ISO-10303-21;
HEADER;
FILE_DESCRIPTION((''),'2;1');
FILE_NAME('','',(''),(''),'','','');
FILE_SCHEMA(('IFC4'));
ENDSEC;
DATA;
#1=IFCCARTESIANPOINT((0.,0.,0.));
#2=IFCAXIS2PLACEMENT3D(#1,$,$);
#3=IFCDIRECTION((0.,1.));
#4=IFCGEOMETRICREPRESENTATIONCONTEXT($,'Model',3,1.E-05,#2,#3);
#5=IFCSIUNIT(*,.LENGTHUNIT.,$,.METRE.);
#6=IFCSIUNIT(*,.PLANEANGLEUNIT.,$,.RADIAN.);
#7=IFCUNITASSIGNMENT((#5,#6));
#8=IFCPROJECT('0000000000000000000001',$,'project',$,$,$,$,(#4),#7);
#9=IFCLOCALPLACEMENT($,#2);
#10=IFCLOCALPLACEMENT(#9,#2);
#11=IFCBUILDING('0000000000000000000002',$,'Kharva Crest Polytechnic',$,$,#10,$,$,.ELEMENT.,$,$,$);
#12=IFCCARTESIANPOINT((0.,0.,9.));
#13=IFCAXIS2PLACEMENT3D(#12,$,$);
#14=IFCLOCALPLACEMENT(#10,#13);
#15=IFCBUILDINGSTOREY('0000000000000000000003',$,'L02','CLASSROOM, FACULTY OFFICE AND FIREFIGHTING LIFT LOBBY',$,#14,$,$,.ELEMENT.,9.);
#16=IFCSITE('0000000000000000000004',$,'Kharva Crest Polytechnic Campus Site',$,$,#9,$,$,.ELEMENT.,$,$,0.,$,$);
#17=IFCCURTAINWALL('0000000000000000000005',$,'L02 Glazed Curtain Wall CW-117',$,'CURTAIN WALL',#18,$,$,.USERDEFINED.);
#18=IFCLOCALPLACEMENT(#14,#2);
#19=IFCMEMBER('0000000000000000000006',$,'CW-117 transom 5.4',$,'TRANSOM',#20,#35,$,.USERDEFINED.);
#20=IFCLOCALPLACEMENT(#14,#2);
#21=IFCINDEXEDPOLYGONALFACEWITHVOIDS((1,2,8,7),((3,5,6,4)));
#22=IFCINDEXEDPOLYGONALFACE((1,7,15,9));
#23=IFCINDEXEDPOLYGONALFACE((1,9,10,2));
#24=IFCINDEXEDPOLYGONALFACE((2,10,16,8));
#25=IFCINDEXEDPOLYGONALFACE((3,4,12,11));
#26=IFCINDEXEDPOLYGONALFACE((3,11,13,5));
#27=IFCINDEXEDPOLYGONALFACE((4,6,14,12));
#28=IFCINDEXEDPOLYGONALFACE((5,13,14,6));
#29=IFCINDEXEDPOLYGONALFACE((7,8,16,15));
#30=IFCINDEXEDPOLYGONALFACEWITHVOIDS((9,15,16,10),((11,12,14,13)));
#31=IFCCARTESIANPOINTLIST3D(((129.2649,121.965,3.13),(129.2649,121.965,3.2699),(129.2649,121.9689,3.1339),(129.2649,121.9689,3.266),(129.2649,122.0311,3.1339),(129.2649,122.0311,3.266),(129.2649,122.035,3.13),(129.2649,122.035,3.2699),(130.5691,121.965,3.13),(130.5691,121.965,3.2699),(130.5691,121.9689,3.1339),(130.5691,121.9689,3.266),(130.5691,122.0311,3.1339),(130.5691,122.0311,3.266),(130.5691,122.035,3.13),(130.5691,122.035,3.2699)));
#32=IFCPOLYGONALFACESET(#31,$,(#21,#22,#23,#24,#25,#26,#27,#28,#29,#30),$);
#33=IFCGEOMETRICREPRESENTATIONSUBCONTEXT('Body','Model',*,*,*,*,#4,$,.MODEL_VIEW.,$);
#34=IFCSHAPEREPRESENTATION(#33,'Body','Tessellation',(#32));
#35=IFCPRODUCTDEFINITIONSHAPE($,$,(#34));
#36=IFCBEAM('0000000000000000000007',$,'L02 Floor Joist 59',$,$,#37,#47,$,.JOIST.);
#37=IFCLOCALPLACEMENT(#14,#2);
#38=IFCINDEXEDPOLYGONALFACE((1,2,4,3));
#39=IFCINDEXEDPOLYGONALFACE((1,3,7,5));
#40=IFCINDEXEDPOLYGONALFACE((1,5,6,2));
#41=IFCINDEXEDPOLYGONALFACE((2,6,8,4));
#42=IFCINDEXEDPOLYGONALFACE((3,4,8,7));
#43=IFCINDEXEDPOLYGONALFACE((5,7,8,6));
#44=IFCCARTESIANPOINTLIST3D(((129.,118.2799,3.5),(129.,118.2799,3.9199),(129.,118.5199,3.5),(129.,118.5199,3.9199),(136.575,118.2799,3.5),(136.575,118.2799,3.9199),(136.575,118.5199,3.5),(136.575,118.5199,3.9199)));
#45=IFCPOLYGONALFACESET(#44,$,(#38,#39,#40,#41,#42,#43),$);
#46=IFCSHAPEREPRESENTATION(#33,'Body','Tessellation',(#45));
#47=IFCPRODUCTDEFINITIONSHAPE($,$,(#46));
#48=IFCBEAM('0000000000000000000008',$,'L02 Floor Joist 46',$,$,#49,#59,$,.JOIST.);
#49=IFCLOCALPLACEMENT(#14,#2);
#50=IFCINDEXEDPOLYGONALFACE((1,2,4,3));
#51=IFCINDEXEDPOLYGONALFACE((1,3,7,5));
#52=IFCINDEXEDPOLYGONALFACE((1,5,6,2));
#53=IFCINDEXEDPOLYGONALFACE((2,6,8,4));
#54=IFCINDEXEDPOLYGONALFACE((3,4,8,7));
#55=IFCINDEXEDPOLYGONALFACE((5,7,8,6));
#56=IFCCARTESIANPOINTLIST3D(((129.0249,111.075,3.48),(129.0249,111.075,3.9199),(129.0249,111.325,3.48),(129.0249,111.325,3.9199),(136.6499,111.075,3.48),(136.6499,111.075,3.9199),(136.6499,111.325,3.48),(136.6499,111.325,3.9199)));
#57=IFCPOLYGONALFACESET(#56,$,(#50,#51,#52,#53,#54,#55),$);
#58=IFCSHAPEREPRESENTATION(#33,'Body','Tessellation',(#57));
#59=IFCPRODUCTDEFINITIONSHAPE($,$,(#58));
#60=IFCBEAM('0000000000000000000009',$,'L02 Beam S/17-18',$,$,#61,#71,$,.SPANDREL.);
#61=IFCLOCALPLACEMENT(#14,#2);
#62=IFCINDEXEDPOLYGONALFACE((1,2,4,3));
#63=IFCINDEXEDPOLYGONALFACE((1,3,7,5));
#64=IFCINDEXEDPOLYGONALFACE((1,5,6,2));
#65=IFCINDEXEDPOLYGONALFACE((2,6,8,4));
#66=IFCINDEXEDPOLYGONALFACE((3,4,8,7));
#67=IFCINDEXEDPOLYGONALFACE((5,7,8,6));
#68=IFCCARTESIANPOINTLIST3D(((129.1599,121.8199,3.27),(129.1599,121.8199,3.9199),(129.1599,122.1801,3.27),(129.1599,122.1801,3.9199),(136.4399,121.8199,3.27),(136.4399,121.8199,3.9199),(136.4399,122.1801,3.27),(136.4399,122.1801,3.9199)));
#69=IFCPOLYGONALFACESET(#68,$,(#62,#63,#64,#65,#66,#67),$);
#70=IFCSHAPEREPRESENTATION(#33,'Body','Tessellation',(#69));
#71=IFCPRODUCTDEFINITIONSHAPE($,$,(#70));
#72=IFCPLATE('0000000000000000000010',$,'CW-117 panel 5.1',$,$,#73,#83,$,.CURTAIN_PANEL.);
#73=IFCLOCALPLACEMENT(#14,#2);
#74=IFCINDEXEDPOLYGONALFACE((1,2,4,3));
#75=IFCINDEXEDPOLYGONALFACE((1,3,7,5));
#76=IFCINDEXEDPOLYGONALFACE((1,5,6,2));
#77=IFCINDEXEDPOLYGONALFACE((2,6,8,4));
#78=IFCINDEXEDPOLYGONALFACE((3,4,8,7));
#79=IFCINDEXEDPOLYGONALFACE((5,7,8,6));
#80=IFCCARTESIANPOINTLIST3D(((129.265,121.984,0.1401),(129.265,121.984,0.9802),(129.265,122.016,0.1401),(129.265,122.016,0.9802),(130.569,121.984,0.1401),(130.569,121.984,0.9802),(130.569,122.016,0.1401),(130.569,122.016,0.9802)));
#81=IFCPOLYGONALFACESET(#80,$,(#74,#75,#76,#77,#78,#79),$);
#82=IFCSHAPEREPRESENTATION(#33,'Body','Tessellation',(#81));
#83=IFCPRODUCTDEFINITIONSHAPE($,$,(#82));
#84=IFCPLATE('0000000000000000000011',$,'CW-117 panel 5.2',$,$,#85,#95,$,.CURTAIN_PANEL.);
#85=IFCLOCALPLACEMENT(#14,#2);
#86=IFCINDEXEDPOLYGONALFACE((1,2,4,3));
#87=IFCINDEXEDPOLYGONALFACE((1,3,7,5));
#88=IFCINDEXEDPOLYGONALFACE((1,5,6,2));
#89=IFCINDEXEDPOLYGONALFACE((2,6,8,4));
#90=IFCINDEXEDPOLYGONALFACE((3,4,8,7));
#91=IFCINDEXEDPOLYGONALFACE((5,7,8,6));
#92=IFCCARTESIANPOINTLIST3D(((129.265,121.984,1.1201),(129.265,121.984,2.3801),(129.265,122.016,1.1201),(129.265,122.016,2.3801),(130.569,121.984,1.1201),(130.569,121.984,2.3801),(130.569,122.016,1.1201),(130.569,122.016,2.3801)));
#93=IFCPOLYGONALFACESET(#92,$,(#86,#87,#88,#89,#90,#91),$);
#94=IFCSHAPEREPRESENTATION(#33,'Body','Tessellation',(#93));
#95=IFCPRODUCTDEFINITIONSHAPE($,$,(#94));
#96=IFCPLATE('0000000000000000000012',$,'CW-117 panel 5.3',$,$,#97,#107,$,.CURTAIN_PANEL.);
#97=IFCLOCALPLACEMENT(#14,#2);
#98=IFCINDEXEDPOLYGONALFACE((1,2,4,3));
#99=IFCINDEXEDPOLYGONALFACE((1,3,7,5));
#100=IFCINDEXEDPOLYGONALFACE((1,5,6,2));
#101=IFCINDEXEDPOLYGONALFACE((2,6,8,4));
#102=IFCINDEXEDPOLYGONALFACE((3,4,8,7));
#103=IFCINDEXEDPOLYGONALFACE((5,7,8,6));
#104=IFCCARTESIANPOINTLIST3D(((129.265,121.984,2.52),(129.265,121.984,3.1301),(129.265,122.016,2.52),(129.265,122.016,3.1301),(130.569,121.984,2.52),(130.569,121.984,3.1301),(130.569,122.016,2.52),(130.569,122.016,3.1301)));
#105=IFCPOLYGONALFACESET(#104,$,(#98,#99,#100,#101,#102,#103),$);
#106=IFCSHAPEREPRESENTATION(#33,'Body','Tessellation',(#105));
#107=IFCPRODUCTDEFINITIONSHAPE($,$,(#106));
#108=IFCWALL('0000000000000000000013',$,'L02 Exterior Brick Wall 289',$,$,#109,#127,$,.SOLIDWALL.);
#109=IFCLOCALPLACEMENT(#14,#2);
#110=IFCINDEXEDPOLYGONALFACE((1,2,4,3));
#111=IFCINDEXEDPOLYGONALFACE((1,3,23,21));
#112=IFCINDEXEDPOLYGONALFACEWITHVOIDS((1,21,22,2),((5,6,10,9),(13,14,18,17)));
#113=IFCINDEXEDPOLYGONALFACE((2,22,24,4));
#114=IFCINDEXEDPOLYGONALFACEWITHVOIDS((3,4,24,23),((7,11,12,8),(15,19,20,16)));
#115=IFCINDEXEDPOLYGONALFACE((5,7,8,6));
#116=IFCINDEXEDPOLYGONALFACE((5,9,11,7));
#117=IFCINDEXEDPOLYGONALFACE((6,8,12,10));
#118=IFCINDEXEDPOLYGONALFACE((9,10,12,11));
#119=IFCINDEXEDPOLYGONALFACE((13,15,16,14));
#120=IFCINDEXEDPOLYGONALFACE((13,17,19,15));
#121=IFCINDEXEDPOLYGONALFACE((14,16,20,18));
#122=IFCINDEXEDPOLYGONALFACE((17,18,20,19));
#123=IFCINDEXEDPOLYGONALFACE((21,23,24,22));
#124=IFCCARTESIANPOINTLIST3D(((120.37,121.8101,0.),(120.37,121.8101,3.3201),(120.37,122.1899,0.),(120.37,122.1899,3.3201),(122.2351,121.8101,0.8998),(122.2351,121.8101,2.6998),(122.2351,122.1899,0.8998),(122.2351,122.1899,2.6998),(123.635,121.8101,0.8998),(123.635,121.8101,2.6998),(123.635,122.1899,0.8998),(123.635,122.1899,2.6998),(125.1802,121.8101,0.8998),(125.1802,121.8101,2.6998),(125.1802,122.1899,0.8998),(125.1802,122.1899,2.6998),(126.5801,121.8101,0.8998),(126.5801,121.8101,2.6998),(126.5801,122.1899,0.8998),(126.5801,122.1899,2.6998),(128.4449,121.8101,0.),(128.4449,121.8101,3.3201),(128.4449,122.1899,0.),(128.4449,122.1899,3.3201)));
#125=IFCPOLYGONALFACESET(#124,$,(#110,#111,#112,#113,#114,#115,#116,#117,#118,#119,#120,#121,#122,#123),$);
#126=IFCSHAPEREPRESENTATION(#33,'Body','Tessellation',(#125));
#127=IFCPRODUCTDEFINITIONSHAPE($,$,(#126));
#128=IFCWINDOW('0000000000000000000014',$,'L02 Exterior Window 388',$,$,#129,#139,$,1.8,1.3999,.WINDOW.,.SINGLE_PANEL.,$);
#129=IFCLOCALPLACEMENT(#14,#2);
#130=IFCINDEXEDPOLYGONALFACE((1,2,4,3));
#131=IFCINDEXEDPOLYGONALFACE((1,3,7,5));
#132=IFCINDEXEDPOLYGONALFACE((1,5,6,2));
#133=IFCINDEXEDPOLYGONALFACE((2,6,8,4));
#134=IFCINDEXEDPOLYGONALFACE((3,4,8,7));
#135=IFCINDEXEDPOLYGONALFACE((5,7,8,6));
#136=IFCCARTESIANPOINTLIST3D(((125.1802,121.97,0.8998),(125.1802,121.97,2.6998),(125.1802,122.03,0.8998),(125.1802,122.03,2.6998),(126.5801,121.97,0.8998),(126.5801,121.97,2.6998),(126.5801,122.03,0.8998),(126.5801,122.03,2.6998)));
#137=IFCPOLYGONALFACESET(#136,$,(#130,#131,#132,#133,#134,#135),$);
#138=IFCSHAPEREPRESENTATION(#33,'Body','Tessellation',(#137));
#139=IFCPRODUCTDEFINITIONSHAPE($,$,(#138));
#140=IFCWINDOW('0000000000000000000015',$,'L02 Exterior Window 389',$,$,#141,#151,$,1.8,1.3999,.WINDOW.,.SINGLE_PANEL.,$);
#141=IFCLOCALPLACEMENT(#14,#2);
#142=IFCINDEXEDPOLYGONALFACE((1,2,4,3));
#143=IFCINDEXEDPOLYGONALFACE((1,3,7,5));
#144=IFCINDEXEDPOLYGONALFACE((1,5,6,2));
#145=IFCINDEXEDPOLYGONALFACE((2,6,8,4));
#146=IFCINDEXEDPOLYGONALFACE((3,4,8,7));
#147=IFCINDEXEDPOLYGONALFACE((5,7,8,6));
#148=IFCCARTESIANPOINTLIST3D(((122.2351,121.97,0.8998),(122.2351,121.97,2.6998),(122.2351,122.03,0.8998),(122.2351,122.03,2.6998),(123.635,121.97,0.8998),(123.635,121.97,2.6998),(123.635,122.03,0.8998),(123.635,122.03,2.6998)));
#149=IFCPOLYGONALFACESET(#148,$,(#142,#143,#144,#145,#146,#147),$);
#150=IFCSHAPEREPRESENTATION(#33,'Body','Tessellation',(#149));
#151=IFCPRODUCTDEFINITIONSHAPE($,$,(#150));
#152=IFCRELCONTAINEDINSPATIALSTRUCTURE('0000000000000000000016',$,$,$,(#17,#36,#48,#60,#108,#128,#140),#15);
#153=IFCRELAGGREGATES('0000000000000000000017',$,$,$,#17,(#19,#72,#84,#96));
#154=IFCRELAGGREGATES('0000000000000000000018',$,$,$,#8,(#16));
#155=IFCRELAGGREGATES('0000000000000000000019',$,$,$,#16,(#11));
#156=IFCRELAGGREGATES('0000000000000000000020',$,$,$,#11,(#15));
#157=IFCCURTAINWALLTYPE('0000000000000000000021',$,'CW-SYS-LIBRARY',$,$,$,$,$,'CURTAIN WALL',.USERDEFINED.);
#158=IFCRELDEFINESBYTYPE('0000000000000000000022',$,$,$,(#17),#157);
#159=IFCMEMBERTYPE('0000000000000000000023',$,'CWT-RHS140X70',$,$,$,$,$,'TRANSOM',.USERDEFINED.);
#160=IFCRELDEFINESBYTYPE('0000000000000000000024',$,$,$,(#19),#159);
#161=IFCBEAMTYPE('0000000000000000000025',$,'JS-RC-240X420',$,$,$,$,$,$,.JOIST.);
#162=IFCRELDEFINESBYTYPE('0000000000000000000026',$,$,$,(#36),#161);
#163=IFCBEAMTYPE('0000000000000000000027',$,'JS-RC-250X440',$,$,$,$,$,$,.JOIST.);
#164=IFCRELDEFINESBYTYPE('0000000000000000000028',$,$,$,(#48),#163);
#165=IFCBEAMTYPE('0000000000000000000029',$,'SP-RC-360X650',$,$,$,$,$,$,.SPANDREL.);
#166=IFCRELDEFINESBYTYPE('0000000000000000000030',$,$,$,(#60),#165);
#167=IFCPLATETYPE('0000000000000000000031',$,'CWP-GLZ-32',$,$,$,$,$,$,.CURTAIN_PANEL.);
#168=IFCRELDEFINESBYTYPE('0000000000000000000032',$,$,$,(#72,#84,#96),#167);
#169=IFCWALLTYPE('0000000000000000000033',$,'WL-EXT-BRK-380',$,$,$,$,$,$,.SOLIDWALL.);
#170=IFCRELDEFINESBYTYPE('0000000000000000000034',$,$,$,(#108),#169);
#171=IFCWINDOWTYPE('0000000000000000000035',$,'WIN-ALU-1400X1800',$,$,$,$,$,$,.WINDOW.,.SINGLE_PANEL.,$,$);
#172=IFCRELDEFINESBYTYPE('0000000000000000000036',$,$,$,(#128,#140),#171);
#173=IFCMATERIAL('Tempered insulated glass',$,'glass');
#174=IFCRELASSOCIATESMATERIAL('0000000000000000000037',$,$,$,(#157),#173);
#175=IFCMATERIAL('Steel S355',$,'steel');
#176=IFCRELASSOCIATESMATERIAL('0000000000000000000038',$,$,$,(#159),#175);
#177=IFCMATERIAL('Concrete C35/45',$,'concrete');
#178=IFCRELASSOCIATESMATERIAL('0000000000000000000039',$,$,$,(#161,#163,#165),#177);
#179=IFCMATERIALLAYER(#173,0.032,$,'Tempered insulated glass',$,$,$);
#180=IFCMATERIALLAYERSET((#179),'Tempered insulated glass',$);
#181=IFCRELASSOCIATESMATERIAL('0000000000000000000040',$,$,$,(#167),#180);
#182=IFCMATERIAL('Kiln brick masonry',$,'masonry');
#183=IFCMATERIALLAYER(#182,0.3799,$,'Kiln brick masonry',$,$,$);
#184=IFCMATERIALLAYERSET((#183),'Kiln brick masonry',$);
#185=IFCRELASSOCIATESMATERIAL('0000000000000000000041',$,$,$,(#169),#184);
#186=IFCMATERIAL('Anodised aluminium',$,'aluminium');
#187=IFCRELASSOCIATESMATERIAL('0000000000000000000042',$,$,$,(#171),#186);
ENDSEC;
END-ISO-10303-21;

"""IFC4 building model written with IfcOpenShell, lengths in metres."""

from ifc_helpers import new_model, si_unit, direction, frame, frame_2d, origin, origin_2d, place, context, subcontext, project, spatial, rectangle, hollow_rectangle, extrude, material, layer, layer_set, material_profile, profile_set, type_object, element, fill, aggregate, save


model = new_model("IFC4")

# Units and contexts
model_context = context("Model", 3, precision=1e-05, world=origin(), true_north=direction((0.0, 1.0)))
body_context = subcontext(model_context, "Body", "Model", "MODEL_VIEW")
ifc_project = project(units=[si_unit("LENGTHUNIT", "METRE"), si_unit("PLANEANGLEUNIT", "RADIAN")], contexts=[model_context])

# Site, building, storey
site_placement = place(None, origin())
site = spatial("IfcSite", under=ifc_project, at=site_placement, Name="Kharva Crest Polytechnic Campus Site", CompositionType="ELEMENT", RefElevation=0.0)
building_placement = place(site_placement, origin())
building = spatial("IfcBuilding", under=site, at=building_placement, Name="Kharva Crest Polytechnic", CompositionType="ELEMENT")
storey_placement = place(building_placement, frame((0.0, 0.0, 9.0)))
storey = spatial("IfcBuildingStorey", under=building, at=storey_placement, Name="L02", Description="CLASSROOM, FACULTY OFFICE AND FIREFIGHTING LIFT LOBBY", CompositionType="ELEMENT", Elevation=9.0)

# Shared definitions
ifc_material_1 = material(Name="Concrete C35/45", Category="concrete")

# Curtain wall, member
ifc_material_2 = material(Name="Tempered insulated glass", Category="glass")
curtain_wall_type = type_object("IfcCurtainWallType", Name="CW-SYS-LIBRARY", ElementType="CURTAIN WALL", PredefinedType="USERDEFINED", material=ifc_material_2)
curtain_wall_placement = place(storey_placement, origin())
curtain_wall = element("IfcCurtainWall", 1, at=curtain_wall_placement, inside=storey, type_object=curtain_wall_type, Name="L02 Glazed Curtain Wall CW-117", ObjectType="CURTAIN WALL", PredefinedType="USERDEFINED")
ifc_material_3 = material(Name="Steel S355", Category="steel")
ifc_material_profile_1 = material_profile(ifc_material_3, hollow_rectangle(XDim=0.0701, YDim=0.1399, WallThickness=0.0039, at=origin_2d()), Name="RHS 140X70X4.0")
ifc_profile_set_1 = profile_set([ifc_material_profile_1], Name="Steel S355")
member_type_1 = type_object("IfcMemberType", Name="CWT-RHS140X70", ElementType="TRANSOM", PredefinedType="USERDEFINED", material=ifc_profile_set_1)
member_1_placement = place(storey_placement, frame((130.5691, 122.0, 3.2), z_axis=(-1.0, 0.0, 0.0), x_axis=(0.0, -1.0, 0.0)))
member_1 = element("IfcMember", 2, at=member_1_placement, type_object=member_type_1, Name="CW-117 transom 5.4", ObjectType="TRANSOM", PredefinedType="USERDEFINED", context=body_context, shape_type="SweptSolid", body=[
    extrude(hollow_rectangle(XDim=0.0701, YDim=0.1399, WallThickness=0.0039, at=origin_2d()), origin(), (0.0, 0.0, 1.0), 1.3042),
])

# Beams
ifc_material_profile_2 = material_profile(ifc_material_1, rectangle(XDim=0.24, YDim=0.4199, at=origin_2d()), Name="RECT 240 X 420")
ifc_profile_set_2 = profile_set([ifc_material_profile_2], Name="Concrete C35/45")
beam_type_1 = type_object("IfcBeamType", Name="JS-RC-240X420", PredefinedType="JOIST", material=ifc_profile_set_2)
beam_1_placement = place(storey_placement, frame((129.0, 118.3999, 3.71), z_axis=(1.0, 0.0, 0.0), x_axis=(0.0, 1.0, 0.0)))
element("IfcBeam", 3, at=beam_1_placement, inside=storey, type_object=beam_type_1, Name="L02 Floor Joist 59", PredefinedType="JOIST", context=body_context, shape_type="SweptSolid", body=[
    extrude(rectangle(XDim=0.24, YDim=0.4199, at=origin_2d()), origin(), (0.0, 0.0, 1.0), 7.575),
])
ifc_material_profile_3 = material_profile(ifc_material_1, rectangle(XDim=0.25, YDim=0.4399, at=origin_2d()), Name="RECT 250 X 440")
ifc_profile_set_3 = profile_set([ifc_material_profile_3], Name="Concrete C35/45")
beam_type_2 = type_object("IfcBeamType", Name="JS-RC-250X440", PredefinedType="JOIST", material=ifc_profile_set_3)
beam_2_placement = place(storey_placement, frame((129.0249, 111.2, 3.7), z_axis=(1.0, 0.0, 0.0), x_axis=(0.0, 1.0, 0.0)))
element("IfcBeam", 4, at=beam_2_placement, inside=storey, type_object=beam_type_2, Name="L02 Floor Joist 46", PredefinedType="JOIST", context=body_context, shape_type="SweptSolid", body=[
    extrude(rectangle(XDim=0.25, YDim=0.4399, at=origin_2d()), origin(), (0.0, 0.0, 1.0), 7.625),
])
ifc_material_profile_4 = material_profile(ifc_material_1, rectangle(XDim=0.3601, YDim=0.6499, at=origin_2d()), Name="RECT 360 X 650")
ifc_profile_set_4 = profile_set([ifc_material_profile_4], Name="Concrete C35/45")
beam_type_3 = type_object("IfcBeamType", Name="SP-RC-360X650", PredefinedType="SPANDREL", material=ifc_profile_set_4)
beam_3_placement = place(storey_placement, frame((129.1599, 122.0, 3.595), z_axis=(1.0, 0.0, 0.0), x_axis=(0.0, 1.0, 0.0)))
element("IfcBeam", 5, at=beam_3_placement, inside=storey, type_object=beam_type_3, Name="L02 Beam S/17-18", PredefinedType="SPANDREL", context=body_context, shape_type="SweptSolid", body=[
    extrude(rectangle(XDim=0.3601, YDim=0.6499, at=origin_2d()), origin(), (0.0, 0.0, 1.0), 7.28),
])

# Plates
ifc_layer_1 = layer(ifc_material_2, 0.032, Name="Tempered insulated glass")
ifc_layer_set_1 = layer_set([ifc_layer_1], Name="Tempered insulated glass")
plate_type = type_object("IfcPlateType", Name="CWP-GLZ-32", PredefinedType="CURTAIN_PANEL", material=ifc_layer_set_1)
plate_1_placement = place(storey_placement, frame((129.917, 122.0, 0.1401), z_axis=(0.0, 0.0, 1.0), x_axis=(-1.0, 0.0, 0.0)))
plate_1 = element("IfcPlate", 6, at=plate_1_placement, type_object=plate_type, Name="CW-117 panel 5.1", PredefinedType="CURTAIN_PANEL", context=body_context, shape_type="SweptSolid", body=[
    extrude(rectangle(XDim=1.304, YDim=0.032, at=origin_2d()), origin(), (0.0, 0.0, 1.0), 0.8401),
])
plate_2_placement = place(storey_placement, frame((129.917, 122.0, 1.1201), z_axis=(0.0, 0.0, 1.0), x_axis=(-1.0, 0.0, 0.0)))
plate_2 = element("IfcPlate", 7, at=plate_2_placement, type_object=plate_type, Name="CW-117 panel 5.2", PredefinedType="CURTAIN_PANEL", context=body_context, shape_type="SweptSolid", body=[
    extrude(rectangle(XDim=1.304, YDim=0.032, at=origin_2d()), origin(), (0.0, 0.0, 1.0), 1.26),
])
plate_3_placement = place(storey_placement, frame((129.917, 122.0, 2.52), z_axis=(0.0, 0.0, 1.0), x_axis=(-1.0, 0.0, 0.0)))
plate_3 = element("IfcPlate", 8, at=plate_3_placement, type_object=plate_type, Name="CW-117 panel 5.3", PredefinedType="CURTAIN_PANEL", context=body_context, shape_type="SweptSolid", body=[
    extrude(rectangle(XDim=1.304, YDim=0.032, at=origin_2d()), origin(), (0.0, 0.0, 1.0), 0.6101),
])
aggregate(curtain_wall, [member_1, plate_1, plate_2, plate_3])

# Wall, openings, windows
ifc_material_4 = material(Name="Kiln brick masonry", Category="masonry")
ifc_layer_2 = layer(ifc_material_4, 0.3799, Name="Kiln brick masonry")
ifc_layer_set_2 = layer_set([ifc_layer_2], Name="Kiln brick masonry")
wall_type = type_object("IfcWallType", Name="WL-EXT-BRK-380", PredefinedType="SOLIDWALL", material=ifc_layer_set_2)
wall_placement = place(storey_placement, frame((128.4451, 122.0, 0.0), z_axis=(0.0, 0.0, 1.0), x_axis=(-1.0, 0.0, 0.0)))
wall = element("IfcWall", 9, at=wall_placement, inside=storey, type_object=wall_type, Name="L02 Exterior Brick Wall 289", PredefinedType="SOLIDWALL", context=body_context, shape_type="SweptSolid", body=[
    extrude(rectangle(XDim=8.075, YDim=0.3799, at=frame_2d((4.0376, 0.0))), origin(), (0.0, 0.0, 1.0), 3.3201),
])
opening_1_placement = place(wall_placement, frame((1.865, 0.0, 0.8999)))
opening_1 = element("IfcOpeningElement", 10, at=opening_1_placement, cuts=wall, PredefinedType="OPENING", context=body_context, shape_type="SweptSolid", body=[
    extrude(rectangle(XDim=1.3999, YDim=1.8, at=frame_2d((0.7, 0.8999))), frame((0.0, 0.2, 0.0), z_axis=(0.0, -1.0, 0.0), x_axis=(1.0, 0.0, 0.0)), (0.0, 0.0, 1.0), 0.3999),
])
opening_2_placement = place(wall_placement, frame((4.8101, 0.0, 0.8999)))
opening_2 = element("IfcOpeningElement", 11, at=opening_2_placement, cuts=wall, PredefinedType="OPENING", context=body_context, shape_type="SweptSolid", body=[
    extrude(rectangle(XDim=1.3999, YDim=1.8, at=frame_2d((0.7, 0.8999))), frame((0.0, 0.2, 0.0), z_axis=(0.0, -1.0, 0.0), x_axis=(1.0, 0.0, 0.0)), (0.0, 0.0, 1.0), 0.3999),
])
ifc_material_5 = material(Name="Anodised aluminium", Category="aluminium")
window_type = type_object("IfcWindowType", Name="WIN-ALU-1400X1800", PartitioningType="SINGLE_PANEL", PredefinedType="WINDOW", material=ifc_material_5)
window_1_placement = place(opening_1_placement, origin())
window_1 = element("IfcWindow", 12, at=window_1_placement, inside=storey, type_object=window_type, Name="L02 Exterior Window 388", OverallHeight=1.8, OverallWidth=1.3999, PartitioningType="SINGLE_PANEL", PredefinedType="WINDOW", context=body_context, shape_type="SweptSolid", body=[
    extrude(rectangle(XDim=1.3999, YDim=1.8, at=frame_2d((0.7, 0.8999))), frame((0.0, 0.03, 0.0), z_axis=(0.0, -1.0, 0.0), x_axis=(1.0, 0.0, 0.0)), (0.0, 0.0, 1.0), 0.0601),
])
fill(opening_1, window_1)
window_2_placement = place(opening_2_placement, origin())
window_2 = element("IfcWindow", 13, at=window_2_placement, inside=storey, type_object=window_type, Name="L02 Exterior Window 389", OverallHeight=1.8, OverallWidth=1.3999, PartitioningType="SINGLE_PANEL", PredefinedType="WINDOW", context=body_context, shape_type="SweptSolid", body=[
    extrude(rectangle(XDim=1.3999, YDim=1.8, at=frame_2d((0.7, 0.8999))), frame((0.0, 0.03, 0.0), z_axis=(0.0, -1.0, 0.0), x_axis=(1.0, 0.0, 0.0)), (0.0, 0.0, 1.0), 0.0601),
])
fill(opening_2, window_2)

save(model, "model.ifc")
